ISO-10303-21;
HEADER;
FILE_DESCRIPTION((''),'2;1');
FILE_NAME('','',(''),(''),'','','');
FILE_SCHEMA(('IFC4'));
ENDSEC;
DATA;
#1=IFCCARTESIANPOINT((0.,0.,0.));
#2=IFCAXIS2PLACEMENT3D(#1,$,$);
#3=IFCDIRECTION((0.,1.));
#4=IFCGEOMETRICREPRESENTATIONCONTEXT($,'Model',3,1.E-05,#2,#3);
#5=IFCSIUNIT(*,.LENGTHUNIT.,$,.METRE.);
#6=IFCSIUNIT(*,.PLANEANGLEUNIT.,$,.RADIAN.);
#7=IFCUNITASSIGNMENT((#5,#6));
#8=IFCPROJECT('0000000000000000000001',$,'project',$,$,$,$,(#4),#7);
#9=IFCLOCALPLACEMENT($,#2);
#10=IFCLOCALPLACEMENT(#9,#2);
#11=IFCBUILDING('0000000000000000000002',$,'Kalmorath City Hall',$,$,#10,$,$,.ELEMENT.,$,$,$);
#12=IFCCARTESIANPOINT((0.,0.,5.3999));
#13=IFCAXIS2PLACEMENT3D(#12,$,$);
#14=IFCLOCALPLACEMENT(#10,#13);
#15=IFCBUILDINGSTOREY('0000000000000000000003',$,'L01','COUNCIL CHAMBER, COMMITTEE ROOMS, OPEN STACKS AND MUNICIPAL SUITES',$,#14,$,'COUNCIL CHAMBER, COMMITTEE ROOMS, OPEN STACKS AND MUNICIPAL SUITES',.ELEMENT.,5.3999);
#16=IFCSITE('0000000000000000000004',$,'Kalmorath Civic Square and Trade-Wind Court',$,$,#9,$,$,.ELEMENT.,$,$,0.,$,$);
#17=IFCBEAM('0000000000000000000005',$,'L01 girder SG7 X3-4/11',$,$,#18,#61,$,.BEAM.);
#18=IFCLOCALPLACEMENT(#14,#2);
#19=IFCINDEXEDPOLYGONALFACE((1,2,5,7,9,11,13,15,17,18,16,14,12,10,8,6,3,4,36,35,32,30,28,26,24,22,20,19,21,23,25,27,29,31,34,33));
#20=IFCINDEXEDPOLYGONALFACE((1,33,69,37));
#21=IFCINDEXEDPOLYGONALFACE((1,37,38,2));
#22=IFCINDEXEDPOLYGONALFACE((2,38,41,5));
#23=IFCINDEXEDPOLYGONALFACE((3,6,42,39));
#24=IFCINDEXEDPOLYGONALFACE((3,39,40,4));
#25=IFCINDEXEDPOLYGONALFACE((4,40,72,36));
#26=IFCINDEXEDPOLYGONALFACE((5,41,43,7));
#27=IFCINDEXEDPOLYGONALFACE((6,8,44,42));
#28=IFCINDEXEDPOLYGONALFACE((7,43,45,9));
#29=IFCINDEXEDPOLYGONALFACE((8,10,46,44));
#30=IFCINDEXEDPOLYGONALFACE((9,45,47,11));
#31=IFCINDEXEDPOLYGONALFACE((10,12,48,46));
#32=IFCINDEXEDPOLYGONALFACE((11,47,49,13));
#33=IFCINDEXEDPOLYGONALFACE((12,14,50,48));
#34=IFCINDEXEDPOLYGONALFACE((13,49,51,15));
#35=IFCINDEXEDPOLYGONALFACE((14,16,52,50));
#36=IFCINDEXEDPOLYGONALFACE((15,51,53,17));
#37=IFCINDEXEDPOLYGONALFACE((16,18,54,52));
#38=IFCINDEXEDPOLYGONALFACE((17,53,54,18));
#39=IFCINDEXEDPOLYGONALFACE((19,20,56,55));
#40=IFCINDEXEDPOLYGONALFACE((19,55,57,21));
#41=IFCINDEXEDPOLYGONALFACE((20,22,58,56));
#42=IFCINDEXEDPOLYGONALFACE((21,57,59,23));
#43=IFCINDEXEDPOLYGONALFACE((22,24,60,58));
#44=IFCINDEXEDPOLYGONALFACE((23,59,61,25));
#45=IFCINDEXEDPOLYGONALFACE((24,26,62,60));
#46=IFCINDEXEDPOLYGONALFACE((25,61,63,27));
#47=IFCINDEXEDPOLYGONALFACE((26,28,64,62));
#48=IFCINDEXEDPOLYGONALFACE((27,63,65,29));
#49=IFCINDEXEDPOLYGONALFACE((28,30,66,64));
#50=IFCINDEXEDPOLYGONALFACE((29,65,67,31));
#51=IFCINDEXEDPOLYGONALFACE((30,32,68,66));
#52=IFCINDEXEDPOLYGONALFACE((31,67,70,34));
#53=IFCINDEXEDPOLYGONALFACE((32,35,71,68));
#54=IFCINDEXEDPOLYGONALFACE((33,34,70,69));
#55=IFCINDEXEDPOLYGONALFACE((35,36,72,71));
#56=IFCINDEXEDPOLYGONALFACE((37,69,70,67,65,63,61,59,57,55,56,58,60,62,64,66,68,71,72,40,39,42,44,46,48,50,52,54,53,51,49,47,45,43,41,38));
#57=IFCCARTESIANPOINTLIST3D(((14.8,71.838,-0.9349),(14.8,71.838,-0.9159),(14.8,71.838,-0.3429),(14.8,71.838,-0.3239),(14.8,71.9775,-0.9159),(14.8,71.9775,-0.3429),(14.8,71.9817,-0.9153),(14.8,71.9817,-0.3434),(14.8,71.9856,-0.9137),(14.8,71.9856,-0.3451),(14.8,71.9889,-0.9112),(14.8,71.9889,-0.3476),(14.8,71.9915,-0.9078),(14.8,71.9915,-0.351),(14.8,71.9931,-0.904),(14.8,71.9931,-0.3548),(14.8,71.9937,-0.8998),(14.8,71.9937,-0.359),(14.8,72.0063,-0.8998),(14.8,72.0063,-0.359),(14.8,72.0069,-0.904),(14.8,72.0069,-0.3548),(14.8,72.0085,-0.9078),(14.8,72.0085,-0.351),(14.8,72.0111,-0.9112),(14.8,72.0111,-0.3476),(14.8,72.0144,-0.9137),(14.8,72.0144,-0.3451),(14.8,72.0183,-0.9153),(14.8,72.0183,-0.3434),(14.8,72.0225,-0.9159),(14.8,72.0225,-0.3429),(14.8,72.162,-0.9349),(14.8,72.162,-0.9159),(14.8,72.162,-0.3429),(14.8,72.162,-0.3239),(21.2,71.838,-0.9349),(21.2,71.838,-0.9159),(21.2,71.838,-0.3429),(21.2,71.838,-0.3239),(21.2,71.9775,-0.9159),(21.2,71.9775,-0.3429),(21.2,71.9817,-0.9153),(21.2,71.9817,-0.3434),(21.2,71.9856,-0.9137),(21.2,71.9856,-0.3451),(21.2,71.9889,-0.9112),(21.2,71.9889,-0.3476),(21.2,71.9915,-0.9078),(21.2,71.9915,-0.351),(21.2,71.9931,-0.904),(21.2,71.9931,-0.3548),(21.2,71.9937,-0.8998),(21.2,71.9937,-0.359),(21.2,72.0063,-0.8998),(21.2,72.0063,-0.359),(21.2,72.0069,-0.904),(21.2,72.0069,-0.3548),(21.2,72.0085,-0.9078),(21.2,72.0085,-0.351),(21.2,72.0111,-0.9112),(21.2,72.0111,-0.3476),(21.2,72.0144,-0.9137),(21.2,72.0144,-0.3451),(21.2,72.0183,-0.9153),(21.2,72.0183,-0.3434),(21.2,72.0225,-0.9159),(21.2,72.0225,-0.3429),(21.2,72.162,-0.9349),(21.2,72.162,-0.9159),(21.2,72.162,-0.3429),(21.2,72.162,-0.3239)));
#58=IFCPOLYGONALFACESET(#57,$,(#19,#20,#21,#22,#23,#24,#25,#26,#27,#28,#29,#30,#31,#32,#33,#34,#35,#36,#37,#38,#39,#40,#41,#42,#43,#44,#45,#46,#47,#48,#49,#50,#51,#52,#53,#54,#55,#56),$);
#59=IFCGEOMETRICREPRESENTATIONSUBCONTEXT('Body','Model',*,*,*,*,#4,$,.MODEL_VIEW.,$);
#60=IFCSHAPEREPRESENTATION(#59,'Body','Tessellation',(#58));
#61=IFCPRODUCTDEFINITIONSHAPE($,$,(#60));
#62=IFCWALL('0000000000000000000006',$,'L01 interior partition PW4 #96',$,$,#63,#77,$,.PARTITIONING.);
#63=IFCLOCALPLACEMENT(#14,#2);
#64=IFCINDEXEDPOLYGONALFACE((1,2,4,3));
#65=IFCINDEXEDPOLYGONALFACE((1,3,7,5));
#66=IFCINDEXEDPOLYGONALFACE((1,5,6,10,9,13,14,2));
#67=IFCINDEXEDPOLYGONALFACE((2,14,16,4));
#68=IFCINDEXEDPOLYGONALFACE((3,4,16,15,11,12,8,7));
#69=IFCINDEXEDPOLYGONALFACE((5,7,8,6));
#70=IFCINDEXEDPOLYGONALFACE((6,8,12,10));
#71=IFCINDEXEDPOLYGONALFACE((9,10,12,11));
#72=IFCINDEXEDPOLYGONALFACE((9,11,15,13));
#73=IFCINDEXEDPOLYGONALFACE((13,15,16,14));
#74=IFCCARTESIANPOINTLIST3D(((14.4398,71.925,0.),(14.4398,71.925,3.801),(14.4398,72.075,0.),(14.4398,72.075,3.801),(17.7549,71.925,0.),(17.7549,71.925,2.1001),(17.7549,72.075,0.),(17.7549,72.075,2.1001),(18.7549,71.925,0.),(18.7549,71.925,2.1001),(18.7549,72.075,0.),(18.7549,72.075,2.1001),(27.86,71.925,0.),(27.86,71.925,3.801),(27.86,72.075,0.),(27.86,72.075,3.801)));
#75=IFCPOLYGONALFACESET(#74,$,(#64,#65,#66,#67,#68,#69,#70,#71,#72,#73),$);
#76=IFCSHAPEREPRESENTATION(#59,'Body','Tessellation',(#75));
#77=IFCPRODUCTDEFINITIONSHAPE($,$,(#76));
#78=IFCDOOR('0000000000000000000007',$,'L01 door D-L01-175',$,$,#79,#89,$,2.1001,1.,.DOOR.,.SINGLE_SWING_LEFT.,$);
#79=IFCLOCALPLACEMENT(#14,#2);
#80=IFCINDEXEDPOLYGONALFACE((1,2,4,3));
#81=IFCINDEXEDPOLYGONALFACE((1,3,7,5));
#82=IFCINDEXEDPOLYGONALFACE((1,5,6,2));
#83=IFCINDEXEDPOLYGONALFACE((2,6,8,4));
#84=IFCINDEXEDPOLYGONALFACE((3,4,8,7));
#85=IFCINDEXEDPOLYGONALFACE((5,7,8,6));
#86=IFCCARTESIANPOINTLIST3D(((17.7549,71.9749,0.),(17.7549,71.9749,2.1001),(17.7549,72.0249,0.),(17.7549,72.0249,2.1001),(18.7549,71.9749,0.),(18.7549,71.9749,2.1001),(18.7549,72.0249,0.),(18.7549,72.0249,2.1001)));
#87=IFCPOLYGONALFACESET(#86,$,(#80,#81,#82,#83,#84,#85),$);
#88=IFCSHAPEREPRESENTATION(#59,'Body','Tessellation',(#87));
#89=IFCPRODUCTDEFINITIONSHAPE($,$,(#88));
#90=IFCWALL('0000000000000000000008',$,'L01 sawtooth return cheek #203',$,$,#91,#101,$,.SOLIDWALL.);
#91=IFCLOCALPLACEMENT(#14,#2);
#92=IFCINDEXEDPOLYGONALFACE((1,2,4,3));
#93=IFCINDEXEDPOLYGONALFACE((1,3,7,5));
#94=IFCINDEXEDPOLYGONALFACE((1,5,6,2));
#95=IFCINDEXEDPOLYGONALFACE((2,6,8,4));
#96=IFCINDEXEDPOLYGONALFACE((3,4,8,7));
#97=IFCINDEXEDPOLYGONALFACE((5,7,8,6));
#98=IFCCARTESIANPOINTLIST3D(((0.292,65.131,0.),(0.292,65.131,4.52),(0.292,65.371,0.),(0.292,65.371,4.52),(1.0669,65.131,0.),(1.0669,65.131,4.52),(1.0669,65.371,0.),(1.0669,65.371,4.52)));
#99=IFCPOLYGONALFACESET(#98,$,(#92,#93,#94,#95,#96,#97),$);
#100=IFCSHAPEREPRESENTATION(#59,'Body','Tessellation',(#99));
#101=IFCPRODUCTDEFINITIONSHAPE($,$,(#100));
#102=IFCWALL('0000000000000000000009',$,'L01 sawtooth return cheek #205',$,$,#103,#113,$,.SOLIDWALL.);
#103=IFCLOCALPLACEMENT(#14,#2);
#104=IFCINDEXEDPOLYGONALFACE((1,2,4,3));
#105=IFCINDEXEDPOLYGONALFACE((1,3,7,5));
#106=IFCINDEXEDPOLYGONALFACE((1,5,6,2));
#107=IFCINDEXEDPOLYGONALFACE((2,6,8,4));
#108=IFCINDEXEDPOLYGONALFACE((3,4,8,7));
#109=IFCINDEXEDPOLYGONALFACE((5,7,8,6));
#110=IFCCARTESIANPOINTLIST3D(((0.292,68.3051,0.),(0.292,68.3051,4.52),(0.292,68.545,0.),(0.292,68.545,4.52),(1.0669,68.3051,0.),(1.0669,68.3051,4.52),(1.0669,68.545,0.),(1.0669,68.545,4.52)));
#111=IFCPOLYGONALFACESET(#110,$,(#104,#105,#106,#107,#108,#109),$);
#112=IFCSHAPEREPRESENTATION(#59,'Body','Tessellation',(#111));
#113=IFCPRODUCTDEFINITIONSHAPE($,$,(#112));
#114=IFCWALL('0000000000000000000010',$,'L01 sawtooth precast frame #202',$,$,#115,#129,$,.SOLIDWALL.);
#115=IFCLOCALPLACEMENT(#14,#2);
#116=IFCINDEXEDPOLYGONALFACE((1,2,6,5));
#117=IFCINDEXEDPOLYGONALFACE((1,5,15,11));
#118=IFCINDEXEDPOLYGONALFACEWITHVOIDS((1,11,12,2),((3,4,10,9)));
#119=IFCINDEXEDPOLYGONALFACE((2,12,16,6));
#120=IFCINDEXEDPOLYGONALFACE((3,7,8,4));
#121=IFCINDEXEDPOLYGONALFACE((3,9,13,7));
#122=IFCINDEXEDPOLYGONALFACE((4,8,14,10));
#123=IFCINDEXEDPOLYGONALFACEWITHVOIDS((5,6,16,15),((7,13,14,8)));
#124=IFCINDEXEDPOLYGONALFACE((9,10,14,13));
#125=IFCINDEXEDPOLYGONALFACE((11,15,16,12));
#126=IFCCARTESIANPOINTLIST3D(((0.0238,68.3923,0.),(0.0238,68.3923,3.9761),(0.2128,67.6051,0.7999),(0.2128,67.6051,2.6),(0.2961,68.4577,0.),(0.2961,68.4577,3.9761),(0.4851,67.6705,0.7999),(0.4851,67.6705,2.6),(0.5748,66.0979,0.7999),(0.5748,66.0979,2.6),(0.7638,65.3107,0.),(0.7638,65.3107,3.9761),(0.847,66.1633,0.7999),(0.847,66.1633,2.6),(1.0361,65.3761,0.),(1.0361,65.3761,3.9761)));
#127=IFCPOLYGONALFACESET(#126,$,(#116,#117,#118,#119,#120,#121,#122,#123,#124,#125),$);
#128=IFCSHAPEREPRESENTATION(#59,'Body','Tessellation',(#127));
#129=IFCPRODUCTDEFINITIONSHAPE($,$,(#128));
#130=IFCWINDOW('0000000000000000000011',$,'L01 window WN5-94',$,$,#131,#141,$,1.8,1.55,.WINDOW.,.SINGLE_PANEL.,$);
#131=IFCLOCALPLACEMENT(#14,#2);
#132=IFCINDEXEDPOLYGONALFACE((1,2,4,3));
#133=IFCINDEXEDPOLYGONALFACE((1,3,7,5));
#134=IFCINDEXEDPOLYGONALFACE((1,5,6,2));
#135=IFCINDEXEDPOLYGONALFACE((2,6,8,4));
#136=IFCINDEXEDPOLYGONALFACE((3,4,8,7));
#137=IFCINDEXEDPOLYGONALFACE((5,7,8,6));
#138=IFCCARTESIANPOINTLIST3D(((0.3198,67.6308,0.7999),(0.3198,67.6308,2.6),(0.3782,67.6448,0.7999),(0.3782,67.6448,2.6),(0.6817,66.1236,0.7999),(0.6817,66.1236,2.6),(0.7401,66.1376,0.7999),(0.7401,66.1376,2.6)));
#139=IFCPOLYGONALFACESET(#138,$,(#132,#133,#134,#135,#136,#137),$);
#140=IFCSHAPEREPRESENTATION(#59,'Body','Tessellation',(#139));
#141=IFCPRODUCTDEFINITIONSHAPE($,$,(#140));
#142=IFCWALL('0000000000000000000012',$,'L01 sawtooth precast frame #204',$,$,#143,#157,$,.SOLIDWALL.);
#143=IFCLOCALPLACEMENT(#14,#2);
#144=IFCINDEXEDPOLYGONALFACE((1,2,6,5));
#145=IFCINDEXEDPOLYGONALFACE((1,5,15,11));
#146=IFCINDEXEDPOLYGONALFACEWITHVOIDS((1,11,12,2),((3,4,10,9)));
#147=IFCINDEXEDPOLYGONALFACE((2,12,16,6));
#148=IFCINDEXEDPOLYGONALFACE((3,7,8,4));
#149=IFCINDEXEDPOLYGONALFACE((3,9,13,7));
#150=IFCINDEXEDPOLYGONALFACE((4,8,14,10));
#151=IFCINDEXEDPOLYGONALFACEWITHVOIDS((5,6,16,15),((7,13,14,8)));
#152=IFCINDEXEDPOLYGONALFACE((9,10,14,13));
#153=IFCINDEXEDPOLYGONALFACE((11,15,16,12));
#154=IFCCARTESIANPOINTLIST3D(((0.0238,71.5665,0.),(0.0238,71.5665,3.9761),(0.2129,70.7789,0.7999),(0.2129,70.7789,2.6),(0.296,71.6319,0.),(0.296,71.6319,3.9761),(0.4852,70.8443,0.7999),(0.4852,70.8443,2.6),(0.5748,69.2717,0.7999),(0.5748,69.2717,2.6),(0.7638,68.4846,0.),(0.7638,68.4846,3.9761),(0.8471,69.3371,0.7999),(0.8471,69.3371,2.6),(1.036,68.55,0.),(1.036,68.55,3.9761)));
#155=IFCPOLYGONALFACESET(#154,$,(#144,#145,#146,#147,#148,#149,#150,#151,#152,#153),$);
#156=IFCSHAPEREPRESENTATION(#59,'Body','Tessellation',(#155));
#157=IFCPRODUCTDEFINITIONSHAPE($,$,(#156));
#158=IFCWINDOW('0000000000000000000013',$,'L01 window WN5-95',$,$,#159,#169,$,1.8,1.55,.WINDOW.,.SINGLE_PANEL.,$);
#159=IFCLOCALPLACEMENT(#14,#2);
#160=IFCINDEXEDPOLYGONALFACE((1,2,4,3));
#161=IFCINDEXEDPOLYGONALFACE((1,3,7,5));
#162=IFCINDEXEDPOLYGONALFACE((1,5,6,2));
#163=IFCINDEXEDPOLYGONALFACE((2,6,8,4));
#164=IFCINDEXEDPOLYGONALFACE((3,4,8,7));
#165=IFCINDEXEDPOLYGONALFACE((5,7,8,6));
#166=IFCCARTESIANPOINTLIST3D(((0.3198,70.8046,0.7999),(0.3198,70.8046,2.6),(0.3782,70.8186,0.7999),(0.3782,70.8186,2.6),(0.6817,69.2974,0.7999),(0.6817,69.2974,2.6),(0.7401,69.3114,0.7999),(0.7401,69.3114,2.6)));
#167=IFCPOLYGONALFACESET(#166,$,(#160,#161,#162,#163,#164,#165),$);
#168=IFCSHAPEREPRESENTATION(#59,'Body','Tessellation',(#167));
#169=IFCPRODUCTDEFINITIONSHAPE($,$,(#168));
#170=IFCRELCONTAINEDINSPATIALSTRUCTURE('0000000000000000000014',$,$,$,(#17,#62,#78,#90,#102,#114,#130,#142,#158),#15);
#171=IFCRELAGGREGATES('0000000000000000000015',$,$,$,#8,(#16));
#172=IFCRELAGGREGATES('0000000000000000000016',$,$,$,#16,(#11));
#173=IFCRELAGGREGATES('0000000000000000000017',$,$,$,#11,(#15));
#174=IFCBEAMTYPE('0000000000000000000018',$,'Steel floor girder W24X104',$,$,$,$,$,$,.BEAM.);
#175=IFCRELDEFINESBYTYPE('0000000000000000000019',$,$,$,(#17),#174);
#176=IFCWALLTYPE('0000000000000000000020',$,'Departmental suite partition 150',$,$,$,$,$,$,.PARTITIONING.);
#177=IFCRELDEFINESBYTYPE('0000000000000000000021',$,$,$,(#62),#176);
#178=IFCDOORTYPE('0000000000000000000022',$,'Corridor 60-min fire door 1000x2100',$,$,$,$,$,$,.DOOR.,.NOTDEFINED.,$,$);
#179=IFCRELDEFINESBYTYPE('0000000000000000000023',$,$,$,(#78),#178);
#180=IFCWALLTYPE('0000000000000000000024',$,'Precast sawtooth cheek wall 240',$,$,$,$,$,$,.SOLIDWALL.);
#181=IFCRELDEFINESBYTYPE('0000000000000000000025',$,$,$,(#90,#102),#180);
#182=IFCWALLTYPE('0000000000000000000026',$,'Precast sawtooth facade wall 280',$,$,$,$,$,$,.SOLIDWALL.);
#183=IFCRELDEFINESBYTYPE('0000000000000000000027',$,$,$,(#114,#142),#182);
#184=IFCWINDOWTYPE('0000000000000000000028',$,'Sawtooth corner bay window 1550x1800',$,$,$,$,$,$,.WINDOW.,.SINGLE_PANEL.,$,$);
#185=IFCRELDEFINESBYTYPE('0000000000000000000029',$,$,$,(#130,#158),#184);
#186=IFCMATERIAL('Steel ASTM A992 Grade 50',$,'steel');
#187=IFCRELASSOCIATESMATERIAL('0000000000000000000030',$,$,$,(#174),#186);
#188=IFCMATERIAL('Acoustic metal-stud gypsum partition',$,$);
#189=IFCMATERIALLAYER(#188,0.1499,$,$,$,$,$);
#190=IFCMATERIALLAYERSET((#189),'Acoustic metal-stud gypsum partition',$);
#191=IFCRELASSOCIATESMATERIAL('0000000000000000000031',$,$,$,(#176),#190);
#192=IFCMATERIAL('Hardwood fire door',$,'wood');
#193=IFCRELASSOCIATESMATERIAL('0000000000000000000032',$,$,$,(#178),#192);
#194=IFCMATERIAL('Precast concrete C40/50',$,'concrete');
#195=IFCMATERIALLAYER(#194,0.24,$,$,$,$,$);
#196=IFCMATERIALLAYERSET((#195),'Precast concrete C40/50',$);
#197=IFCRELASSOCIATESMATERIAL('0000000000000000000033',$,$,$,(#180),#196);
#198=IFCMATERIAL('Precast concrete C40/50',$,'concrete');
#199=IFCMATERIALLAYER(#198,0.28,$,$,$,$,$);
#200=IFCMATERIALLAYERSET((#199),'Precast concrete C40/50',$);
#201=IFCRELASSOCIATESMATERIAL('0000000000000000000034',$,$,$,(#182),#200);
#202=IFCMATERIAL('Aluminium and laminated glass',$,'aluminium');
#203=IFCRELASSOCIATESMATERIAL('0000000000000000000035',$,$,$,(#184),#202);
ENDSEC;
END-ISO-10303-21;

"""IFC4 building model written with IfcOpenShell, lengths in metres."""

from ifc_helpers import new_model, si_unit, direction, frame, frame_2d, origin, origin_2d, place, context, subcontext, project, spatial, rectangle, i_section, extrude, material, layer, layer_set, material_profile, profile_set, type_object, element, fill, save


model = new_model("IFC4")

# Units and contexts
model_context = context("Model", 3, precision=1e-05, world=origin(), true_north=direction((0.0, 1.0)))
body_context = subcontext(model_context, "Body", "Model", "MODEL_VIEW")
ifc_project = project(units=[si_unit("LENGTHUNIT", "METRE"), si_unit("PLANEANGLEUNIT", "RADIAN")], contexts=[model_context])

# Site, building, storey
site_placement = place(None, origin())
site = spatial("IfcSite", under=ifc_project, at=site_placement, Name="Kalmorath Civic Square and Trade-Wind Court", CompositionType="ELEMENT", RefElevation=0.0)
building_placement = place(site_placement, origin())
building = spatial("IfcBuilding", under=site, at=building_placement, Name="Kalmorath City Hall", CompositionType="ELEMENT")
storey_placement = place(building_placement, frame((0.0, 0.0, 5.3999)))
storey = spatial("IfcBuildingStorey", under=building, at=storey_placement, Name="L01", Description="COUNCIL CHAMBER, COMMITTEE ROOMS, OPEN STACKS AND MUNICIPAL SUITES", LongName="COUNCIL CHAMBER, COMMITTEE ROOMS, OPEN STACKS AND MUNICIPAL SUITES", CompositionType="ELEMENT", Elevation=5.3999)

# Beam
ifc_material_1 = material(Name="Steel ASTM A992 Grade 50", Category="steel")
ifc_material_profile_1 = material_profile(ifc_material_1, i_section(OverallWidth=0.324, OverallDepth=0.6111, WebThickness=0.0127, FlangeThickness=0.019, FilletRadius=0.0161, at=origin_2d()), Name="W24X104")
ifc_profile_set_1 = profile_set([ifc_material_profile_1], Name="Steel ASTM A992 Grade 50")
beam_type_1 = type_object("IfcBeamType", Name="Steel floor girder W24X104", PredefinedType="BEAM", material=ifc_profile_set_1)
for number, where, z_axis, x_axis, name in (
    (1, (14.8, 72.0, -0.6294), (1.0, 0.0, 0.0), (0.0, 1.0, 0.0), "L01 girder SG7 X3-4/11"),
):
    element("IfcBeam", number, at=place(storey_placement, frame(where, z_axis=z_axis, x_axis=x_axis)), inside=storey, type_object=beam_type_1, Name=name, PredefinedType="BEAM", context=body_context, shape_type="SweptSolid", body=[
        extrude(i_section(OverallWidth=0.324, OverallDepth=0.6111, WebThickness=0.0127, FlangeThickness=0.019, FilletRadius=0.0161, at=origin_2d()), origin(), (0.0, 0.0, 1.0), 6.3999),
    ])

# Wall, opening, door
ifc_material_2 = material(Name="Acoustic metal-stud gypsum partition")
ifc_layer_1 = layer(ifc_material_2, 0.1499)
ifc_layer_set_1 = layer_set([ifc_layer_1], Name="Acoustic metal-stud gypsum partition")
wall_type_1 = type_object("IfcWallType", Name="Departmental suite partition 150", PredefinedType="PARTITIONING", material=ifc_layer_set_1)
wall_1_placement = place(storey_placement, frame((14.4399, 72.0, 0.0), z_axis=(0.0, 0.0, 1.0), x_axis=(1.0, 0.0, 0.0)))
wall_1 = element("IfcWall", 2, at=wall_1_placement, inside=storey, type_object=wall_type_1, Name="L01 interior partition PW4 #96", PredefinedType="PARTITIONING", context=body_context, shape_type="SweptSolid", body=[
    extrude(rectangle(XDim=13.4202, YDim=0.1499, at=frame_2d((6.71, 0.0))), origin(), (0.0, 0.0, 1.0), 3.801),
])
opening_1_placement = place(wall_1_placement, frame((3.3149, 0.0, 0.0)))
opening_1 = element("IfcOpeningElement", 3, at=opening_1_placement, cuts=wall_1, PredefinedType="OPENING", context=body_context, shape_type="SweptSolid", body=[
    extrude(rectangle(XDim=1.0, YDim=2.1001, at=frame_2d((0.5, 1.05))), frame((0.0, 0.085, 0.0), z_axis=(0.0, -1.0, 0.0), x_axis=(1.0, 0.0, 0.0)), (0.0, 0.0, 1.0), 0.1699),
])
ifc_material_3 = material(Name="Hardwood fire door", Category="wood")
door_type = type_object("IfcDoorType", Name="Corridor 60-min fire door 1000x2100", OperationType="NOTDEFINED", PredefinedType="DOOR", material=ifc_material_3)
door_placement = place(opening_1_placement, origin())
door = element("IfcDoor", 4, at=door_placement, inside=storey, type_object=door_type, Name="L01 door D-L01-175", OperationType="SINGLE_SWING_LEFT", OverallHeight=2.1001, OverallWidth=1.0, PredefinedType="DOOR", context=body_context, shape_type="SweptSolid", body=[
    extrude(rectangle(XDim=1.0, YDim=2.1001, at=frame_2d((0.5, 1.05))), frame((0.0, 0.0249, 0.0), z_axis=(0.0, -1.0, 0.0), x_axis=(1.0, 0.0, 0.0)), (0.0, 0.0, 1.0), 0.05),
])
fill(opening_1, door)

# Walls
ifc_material_4 = material(Name="Precast concrete C40/50", Category="concrete")
ifc_layer_2 = layer(ifc_material_4, 0.24)
ifc_layer_set_2 = layer_set([ifc_layer_2], Name="Precast concrete C40/50")
wall_type_2 = type_object("IfcWallType", Name="Precast sawtooth cheek wall 240", PredefinedType="SOLIDWALL", material=ifc_layer_set_2)
for number, where, z_axis, x_axis, name in (
    (5, (1.0669, 65.251, 0.0), (0.0, 0.0, 1.0), (-1.0, 0.0, 0.0), "L01 sawtooth return cheek #203"),
    (6, (1.0669, 68.425, 0.0), (0.0, 0.0, 1.0), (-1.0, 0.0, 0.0), "L01 sawtooth return cheek #205"),
):
    element("IfcWall", number, at=place(storey_placement, frame(where, z_axis=z_axis, x_axis=x_axis)), inside=storey, type_object=wall_type_2, Name=name, PredefinedType="SOLIDWALL", context=body_context, shape_type="SweptSolid", body=[
        extrude(rectangle(XDim=0.7749, YDim=0.24, at=frame_2d((0.3875, 0.0))), origin(), (0.0, 0.0, 1.0), 4.52),
    ])

# Walls, openings, windows
ifc_material_5 = material(Name="Precast concrete C40/50", Category="concrete")
ifc_layer_3 = layer(ifc_material_5, 0.28)
ifc_layer_set_3 = layer_set([ifc_layer_3], Name="Precast concrete C40/50")
wall_type_3 = type_object("IfcWallType", Name="Precast sawtooth facade wall 280", PredefinedType="SOLIDWALL", material=ifc_layer_set_3)
wall_2_placement = place(storey_placement, frame((0.8999, 65.3435, 0.0), z_axis=(0.0, 0.0, 1.0), x_axis=(-0.233498, 0.972357, 0.0)))
wall_2 = element("IfcWall", 7, at=wall_2_placement, inside=storey, type_object=wall_type_3, Name="L01 sawtooth precast frame #202", PredefinedType="SOLIDWALL", context=body_context, shape_type="SweptSolid", body=[
    extrude(rectangle(XDim=3.1692, YDim=0.28, at=frame_2d((1.5845, 0.0))), origin(), (0.0, 0.0, 1.0), 3.9761),
])
opening_2_placement = place(wall_2_placement, frame((0.8096, 0.0, 0.8)))
opening_2 = element("IfcOpeningElement", 8, at=opening_2_placement, cuts=wall_2, PredefinedType="OPENING", context=body_context, shape_type="SweptSolid", body=[
    extrude(rectangle(XDim=1.55, YDim=1.8, at=frame_2d((0.7749, 0.8999))), frame((0.0, 0.1499, 0.0), z_axis=(0.0, -1.0, 0.0), x_axis=(1.0, 0.0, 0.0)), (0.0, 0.0, 1.0), 0.3),
])
ifc_material_6 = material(Name="Aluminium and laminated glass", Category="aluminium")
window_type = type_object("IfcWindowType", Name="Sawtooth corner bay window 1550x1800", PartitioningType="SINGLE_PANEL", PredefinedType="WINDOW", material=ifc_material_6)
window_1_placement = place(opening_2_placement, origin())
window_1 = element("IfcWindow", 9, at=window_1_placement, inside=storey, type_object=window_type, Name="L01 window WN5-94", OverallHeight=1.8, OverallWidth=1.55, PartitioningType="SINGLE_PANEL", PredefinedType="WINDOW", context=body_context, shape_type="SweptSolid", body=[
    extrude(rectangle(XDim=1.55, YDim=1.8, at=frame_2d((0.7749, 0.8999))), frame((0.0, 0.03, 0.0), z_axis=(0.0, -1.0, 0.0), x_axis=(1.0, 0.0, 0.0)), (0.0, 0.0, 1.0), 0.0601),
])
fill(opening_2, window_1)
wall_3_placement = place(storey_placement, frame((0.8999, 68.5173, 0.0), z_axis=(0.0, 0.0, 1.0), x_axis=(-0.233481, 0.972361, 0.0)))
wall_3 = element("IfcWall", 10, at=wall_3_placement, inside=storey, type_object=wall_type_3, Name="L01 sawtooth precast frame #204", PredefinedType="SOLIDWALL", context=body_context, shape_type="SweptSolid", body=[
    extrude(rectangle(XDim=3.1694, YDim=0.28, at=frame_2d((1.5847, 0.0))), origin(), (0.0, 0.0, 1.0), 3.9761),
])
opening_3_placement = place(wall_3_placement, frame((0.8096, 0.0, 0.8)))
opening_3 = element("IfcOpeningElement", 11, at=opening_3_placement, cuts=wall_3, PredefinedType="OPENING", context=body_context, shape_type="SweptSolid", body=[
    extrude(rectangle(XDim=1.55, YDim=1.8, at=frame_2d((0.7749, 0.8999))), frame((0.0, 0.1499, 0.0), z_axis=(0.0, -1.0, 0.0), x_axis=(1.0, 0.0, 0.0)), (0.0, 0.0, 1.0), 0.3),
])
window_2_placement = place(opening_3_placement, origin())
window_2 = element("IfcWindow", 12, at=window_2_placement, inside=storey, type_object=window_type, Name="L01 window WN5-95", OverallHeight=1.8, OverallWidth=1.55, PartitioningType="SINGLE_PANEL", PredefinedType="WINDOW", context=body_context, shape_type="SweptSolid", body=[
    extrude(rectangle(XDim=1.55, YDim=1.8, at=frame_2d((0.7749, 0.8999))), frame((0.0, 0.03, 0.0), z_axis=(0.0, -1.0, 0.0), x_axis=(1.0, 0.0, 0.0)), (0.0, 0.0, 1.0), 0.0601),
])
fill(opening_3, window_2)

save(model, "model.ifc")
